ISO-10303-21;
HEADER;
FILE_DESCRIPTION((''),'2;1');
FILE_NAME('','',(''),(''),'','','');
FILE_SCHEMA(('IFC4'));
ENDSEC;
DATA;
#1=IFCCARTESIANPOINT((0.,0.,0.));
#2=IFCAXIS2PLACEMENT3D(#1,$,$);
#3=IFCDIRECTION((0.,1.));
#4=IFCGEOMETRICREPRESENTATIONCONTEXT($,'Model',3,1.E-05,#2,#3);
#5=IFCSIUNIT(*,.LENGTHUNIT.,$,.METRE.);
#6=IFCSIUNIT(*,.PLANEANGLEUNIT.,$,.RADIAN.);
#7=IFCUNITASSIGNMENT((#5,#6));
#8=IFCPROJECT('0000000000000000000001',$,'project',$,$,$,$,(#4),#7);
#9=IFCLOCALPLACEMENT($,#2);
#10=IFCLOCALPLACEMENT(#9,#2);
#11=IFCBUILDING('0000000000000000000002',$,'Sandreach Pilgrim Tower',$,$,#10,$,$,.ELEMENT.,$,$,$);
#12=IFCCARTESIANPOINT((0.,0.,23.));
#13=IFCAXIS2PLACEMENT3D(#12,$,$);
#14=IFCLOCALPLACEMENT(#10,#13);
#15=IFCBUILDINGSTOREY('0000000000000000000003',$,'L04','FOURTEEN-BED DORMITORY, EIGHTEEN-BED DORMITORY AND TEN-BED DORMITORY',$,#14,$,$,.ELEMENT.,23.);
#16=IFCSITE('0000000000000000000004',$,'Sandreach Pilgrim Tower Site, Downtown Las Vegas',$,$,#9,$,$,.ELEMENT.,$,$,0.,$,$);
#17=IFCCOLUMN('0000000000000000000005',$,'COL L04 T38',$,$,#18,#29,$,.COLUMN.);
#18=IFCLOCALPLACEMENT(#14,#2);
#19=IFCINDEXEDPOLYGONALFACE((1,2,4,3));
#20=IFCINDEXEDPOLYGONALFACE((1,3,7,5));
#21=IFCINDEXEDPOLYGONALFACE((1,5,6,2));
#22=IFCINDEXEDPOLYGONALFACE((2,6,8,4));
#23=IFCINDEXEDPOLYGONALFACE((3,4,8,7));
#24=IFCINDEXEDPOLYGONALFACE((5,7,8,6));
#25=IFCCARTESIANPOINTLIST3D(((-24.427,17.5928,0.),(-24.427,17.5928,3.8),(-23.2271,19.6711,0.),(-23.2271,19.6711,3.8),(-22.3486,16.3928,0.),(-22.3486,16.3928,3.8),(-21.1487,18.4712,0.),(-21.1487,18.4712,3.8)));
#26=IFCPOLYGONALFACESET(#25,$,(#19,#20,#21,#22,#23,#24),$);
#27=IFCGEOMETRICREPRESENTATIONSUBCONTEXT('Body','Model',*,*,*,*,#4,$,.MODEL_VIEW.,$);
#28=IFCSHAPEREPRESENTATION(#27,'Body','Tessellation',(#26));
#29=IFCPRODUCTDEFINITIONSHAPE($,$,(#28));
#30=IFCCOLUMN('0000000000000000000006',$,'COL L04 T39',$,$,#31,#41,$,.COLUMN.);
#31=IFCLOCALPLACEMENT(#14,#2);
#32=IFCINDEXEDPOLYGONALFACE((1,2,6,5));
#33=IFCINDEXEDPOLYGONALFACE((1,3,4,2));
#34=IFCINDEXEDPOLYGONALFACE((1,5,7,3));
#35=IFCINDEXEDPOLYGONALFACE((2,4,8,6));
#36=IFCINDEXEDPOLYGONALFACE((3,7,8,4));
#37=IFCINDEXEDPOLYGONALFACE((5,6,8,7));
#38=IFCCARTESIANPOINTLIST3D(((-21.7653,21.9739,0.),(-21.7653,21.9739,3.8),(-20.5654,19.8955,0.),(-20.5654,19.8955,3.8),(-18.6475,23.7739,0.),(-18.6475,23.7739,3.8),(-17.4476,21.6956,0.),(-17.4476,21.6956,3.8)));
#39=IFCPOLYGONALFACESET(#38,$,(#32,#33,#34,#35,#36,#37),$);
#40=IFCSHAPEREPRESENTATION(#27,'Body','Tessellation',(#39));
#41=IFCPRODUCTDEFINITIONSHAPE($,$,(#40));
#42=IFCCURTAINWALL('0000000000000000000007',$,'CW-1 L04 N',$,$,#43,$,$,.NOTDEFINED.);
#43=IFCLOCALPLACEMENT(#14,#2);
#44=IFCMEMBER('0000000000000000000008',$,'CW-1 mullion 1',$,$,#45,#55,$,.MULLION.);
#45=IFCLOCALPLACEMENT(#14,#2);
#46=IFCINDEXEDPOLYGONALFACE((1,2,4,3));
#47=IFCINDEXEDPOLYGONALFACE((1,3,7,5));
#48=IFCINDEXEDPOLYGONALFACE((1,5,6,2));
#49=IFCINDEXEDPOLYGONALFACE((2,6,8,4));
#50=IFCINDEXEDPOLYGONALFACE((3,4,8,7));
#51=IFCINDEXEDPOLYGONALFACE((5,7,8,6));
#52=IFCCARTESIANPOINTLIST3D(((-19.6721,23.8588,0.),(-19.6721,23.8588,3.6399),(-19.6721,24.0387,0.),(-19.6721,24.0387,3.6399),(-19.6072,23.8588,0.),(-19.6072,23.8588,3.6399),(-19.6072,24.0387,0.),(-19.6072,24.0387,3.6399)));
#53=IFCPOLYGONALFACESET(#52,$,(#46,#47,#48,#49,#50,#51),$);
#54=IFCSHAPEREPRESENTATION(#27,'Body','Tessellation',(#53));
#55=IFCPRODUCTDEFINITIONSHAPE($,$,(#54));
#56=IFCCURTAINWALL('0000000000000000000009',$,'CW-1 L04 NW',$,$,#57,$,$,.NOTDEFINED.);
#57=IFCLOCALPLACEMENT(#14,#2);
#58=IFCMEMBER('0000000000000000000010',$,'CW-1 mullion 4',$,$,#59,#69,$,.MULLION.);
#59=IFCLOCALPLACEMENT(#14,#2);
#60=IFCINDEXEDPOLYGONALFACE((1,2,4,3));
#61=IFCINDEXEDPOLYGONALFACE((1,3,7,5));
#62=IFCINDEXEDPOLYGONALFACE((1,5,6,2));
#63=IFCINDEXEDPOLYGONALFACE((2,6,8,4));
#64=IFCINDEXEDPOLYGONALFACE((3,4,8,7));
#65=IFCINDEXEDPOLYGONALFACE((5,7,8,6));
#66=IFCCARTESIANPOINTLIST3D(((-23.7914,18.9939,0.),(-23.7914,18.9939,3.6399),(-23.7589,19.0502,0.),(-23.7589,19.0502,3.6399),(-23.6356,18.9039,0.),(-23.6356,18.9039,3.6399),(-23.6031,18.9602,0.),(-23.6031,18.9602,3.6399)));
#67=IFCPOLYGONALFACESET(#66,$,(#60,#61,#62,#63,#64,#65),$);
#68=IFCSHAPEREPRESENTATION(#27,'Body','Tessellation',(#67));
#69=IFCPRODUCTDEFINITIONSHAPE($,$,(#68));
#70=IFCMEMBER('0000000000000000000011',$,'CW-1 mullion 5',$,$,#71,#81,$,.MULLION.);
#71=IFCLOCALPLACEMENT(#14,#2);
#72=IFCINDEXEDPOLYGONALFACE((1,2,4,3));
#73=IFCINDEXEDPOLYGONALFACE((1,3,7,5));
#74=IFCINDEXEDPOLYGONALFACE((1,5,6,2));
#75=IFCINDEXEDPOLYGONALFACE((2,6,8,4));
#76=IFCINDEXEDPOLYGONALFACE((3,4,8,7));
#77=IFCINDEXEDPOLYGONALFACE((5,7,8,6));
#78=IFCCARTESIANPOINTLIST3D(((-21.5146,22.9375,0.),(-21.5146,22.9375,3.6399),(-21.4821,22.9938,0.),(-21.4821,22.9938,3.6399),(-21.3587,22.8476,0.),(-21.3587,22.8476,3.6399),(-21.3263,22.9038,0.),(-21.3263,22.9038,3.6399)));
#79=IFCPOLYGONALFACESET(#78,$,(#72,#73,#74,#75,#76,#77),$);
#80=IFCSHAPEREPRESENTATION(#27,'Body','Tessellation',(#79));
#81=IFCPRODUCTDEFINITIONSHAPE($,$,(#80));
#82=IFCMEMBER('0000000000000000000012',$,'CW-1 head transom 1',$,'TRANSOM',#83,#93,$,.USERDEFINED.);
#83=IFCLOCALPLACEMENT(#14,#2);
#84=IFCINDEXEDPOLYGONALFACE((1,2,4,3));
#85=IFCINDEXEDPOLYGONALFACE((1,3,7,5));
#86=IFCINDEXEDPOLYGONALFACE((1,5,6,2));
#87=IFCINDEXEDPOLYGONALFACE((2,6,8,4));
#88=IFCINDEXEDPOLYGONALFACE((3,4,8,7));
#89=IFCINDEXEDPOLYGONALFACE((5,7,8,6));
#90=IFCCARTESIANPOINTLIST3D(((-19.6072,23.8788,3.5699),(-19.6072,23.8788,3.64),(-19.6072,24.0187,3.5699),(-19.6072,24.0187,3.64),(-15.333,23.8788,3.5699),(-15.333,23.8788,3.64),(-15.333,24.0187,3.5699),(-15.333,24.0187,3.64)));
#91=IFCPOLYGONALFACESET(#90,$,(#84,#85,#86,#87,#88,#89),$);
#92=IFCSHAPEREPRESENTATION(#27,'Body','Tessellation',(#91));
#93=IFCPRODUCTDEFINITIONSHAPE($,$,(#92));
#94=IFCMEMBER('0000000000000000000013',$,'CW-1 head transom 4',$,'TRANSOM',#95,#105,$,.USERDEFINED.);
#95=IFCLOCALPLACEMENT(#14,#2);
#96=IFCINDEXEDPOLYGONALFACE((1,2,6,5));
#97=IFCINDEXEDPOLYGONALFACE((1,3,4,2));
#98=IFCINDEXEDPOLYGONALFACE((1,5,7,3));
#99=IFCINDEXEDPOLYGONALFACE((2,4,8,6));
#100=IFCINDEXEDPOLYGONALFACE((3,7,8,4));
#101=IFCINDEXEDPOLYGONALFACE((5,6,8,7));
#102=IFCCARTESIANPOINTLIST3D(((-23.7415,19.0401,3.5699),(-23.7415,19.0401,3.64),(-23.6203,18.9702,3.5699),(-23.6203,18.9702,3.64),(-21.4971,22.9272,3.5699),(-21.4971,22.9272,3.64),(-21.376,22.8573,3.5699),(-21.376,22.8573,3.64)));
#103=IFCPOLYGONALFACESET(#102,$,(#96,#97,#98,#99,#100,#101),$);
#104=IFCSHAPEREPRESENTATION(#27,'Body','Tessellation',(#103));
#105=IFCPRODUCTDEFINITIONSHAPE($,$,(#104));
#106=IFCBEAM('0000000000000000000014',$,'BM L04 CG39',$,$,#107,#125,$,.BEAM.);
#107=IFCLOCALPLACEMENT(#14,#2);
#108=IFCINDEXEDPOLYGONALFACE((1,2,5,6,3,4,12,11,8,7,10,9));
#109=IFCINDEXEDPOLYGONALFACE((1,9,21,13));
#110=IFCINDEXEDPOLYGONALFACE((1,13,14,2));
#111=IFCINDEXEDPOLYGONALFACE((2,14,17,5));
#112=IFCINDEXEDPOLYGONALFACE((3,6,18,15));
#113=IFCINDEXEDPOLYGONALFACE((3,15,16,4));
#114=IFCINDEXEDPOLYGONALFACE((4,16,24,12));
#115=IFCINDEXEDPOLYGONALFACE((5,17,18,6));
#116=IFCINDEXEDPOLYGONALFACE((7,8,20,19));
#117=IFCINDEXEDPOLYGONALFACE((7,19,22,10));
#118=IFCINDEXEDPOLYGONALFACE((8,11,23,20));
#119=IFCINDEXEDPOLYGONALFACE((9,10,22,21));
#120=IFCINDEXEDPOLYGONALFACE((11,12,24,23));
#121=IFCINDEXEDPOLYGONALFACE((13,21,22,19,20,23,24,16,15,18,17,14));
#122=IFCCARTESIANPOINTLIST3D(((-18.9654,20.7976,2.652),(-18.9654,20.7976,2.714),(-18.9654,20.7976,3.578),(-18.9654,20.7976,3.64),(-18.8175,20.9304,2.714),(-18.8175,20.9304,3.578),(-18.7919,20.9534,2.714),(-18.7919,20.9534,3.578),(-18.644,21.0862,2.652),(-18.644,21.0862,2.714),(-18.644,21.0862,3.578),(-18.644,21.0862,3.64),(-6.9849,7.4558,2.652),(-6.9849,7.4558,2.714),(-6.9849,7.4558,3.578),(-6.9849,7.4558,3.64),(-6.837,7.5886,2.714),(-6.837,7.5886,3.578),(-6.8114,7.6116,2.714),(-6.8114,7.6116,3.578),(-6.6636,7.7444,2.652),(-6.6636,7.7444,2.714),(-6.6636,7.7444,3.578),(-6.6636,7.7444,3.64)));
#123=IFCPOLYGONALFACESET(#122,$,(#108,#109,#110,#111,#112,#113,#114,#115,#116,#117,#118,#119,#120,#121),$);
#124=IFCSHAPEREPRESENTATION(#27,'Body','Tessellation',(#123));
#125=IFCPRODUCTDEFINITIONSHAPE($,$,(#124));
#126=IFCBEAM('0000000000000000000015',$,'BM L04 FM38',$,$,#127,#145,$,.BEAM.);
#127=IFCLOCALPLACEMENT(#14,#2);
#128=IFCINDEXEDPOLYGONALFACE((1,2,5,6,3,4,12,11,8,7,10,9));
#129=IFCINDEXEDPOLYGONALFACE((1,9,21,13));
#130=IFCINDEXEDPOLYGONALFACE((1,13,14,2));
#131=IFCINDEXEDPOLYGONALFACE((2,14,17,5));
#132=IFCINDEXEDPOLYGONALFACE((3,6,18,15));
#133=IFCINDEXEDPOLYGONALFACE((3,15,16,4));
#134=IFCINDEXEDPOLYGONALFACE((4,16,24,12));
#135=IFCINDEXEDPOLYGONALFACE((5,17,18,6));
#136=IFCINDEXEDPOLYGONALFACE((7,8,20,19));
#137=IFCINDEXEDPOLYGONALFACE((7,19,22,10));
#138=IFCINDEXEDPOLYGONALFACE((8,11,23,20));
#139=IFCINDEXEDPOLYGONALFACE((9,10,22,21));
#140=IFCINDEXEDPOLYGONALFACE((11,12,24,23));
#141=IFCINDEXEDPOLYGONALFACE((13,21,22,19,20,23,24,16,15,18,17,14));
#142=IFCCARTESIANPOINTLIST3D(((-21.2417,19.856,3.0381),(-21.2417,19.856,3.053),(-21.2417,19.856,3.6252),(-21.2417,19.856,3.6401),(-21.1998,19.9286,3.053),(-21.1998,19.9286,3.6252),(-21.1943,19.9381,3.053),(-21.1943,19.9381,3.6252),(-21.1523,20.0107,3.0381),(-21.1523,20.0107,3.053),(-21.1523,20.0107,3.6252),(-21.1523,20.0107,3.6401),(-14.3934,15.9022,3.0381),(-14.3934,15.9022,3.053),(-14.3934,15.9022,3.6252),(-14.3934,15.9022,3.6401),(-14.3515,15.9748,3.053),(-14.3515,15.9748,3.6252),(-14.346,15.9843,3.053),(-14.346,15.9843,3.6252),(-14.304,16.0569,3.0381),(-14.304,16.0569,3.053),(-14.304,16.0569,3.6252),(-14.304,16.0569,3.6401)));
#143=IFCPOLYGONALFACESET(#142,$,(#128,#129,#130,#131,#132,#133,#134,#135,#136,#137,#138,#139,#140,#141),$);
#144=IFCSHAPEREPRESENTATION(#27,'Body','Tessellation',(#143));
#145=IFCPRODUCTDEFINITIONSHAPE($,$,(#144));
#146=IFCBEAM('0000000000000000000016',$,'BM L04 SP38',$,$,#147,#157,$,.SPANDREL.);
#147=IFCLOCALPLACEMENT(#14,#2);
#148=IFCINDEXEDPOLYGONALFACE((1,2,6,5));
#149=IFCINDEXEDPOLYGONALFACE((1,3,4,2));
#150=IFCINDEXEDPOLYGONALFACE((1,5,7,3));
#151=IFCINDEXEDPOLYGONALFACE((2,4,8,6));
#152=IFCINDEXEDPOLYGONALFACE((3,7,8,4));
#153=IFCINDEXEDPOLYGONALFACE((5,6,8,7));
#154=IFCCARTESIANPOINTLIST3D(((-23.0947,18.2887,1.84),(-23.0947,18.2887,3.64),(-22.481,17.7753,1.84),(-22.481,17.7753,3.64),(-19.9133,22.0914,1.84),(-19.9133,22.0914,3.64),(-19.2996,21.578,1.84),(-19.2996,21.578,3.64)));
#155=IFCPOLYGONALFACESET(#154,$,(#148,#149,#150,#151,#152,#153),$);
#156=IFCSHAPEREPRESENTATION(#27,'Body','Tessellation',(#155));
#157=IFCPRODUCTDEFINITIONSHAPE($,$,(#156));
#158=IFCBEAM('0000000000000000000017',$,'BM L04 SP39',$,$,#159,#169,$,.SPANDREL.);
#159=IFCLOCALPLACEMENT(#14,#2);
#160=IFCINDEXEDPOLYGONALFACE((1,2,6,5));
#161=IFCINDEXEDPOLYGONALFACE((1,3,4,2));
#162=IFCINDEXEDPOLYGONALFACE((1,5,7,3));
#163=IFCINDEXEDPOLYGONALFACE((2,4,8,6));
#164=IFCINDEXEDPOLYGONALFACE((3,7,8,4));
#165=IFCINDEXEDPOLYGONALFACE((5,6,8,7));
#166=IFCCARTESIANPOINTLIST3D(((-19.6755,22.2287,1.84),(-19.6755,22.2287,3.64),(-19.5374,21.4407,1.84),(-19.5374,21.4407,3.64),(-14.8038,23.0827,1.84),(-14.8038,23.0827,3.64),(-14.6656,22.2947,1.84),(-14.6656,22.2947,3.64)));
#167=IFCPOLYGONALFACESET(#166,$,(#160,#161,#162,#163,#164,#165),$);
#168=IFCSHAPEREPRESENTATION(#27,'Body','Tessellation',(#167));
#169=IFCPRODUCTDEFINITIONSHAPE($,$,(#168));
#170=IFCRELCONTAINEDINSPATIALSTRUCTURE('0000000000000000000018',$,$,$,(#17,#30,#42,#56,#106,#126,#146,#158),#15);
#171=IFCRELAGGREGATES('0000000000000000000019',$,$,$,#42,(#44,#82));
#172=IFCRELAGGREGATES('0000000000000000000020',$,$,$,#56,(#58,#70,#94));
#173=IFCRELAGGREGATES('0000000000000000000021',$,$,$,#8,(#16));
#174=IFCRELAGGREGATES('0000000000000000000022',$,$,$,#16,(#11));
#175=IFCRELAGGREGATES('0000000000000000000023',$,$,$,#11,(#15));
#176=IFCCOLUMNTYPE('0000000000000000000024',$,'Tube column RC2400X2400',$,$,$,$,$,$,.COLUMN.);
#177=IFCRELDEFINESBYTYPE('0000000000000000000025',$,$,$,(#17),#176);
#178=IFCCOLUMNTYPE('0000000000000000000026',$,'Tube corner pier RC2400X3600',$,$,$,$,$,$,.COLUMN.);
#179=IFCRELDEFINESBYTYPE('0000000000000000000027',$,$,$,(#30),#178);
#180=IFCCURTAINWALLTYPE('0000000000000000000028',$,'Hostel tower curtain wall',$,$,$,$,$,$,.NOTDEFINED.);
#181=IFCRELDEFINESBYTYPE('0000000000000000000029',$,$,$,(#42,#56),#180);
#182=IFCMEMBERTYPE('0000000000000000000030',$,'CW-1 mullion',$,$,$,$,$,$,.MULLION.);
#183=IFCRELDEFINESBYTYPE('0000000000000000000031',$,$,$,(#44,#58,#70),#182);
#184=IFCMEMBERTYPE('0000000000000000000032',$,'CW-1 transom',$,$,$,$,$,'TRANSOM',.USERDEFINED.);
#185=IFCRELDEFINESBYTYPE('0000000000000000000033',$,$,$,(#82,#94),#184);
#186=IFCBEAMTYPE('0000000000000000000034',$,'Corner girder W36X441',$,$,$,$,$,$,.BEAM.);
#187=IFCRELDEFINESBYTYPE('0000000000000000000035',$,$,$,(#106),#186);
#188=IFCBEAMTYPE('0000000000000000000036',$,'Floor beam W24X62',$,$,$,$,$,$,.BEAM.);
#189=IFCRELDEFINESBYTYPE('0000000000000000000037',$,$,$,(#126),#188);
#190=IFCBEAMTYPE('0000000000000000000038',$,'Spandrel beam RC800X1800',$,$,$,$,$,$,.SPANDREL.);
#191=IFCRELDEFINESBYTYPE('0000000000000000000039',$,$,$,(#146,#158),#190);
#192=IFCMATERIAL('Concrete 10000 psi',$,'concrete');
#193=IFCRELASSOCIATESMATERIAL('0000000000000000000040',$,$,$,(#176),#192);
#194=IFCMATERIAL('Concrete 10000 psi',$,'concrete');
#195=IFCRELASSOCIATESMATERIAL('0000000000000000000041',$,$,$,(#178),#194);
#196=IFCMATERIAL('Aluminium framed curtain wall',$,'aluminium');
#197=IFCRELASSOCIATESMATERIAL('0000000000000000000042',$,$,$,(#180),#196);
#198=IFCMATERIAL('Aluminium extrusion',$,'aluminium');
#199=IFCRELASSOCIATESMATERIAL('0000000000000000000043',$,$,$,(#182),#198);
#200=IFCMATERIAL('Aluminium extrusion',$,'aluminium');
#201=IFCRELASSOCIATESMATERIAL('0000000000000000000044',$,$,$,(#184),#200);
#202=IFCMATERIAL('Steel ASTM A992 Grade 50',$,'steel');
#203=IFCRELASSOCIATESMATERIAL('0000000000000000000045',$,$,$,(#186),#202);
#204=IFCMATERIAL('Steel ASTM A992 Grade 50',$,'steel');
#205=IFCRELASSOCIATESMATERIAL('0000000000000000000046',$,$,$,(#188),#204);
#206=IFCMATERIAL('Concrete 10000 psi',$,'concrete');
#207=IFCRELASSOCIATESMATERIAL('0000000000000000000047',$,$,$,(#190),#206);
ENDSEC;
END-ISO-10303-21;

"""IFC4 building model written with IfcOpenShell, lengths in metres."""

from ifc_helpers import new_model, si_unit, direction, frame, origin, origin_2d, place, context, subcontext, project, spatial, rectangle, i_section, extrude, material, material_profile, profile_set, type_object, element, aggregate, save


model = new_model("IFC4")

# Units and contexts
model_context = context("Model", 3, precision=1e-05, world=origin(), true_north=direction((0.0, 1.0)))
body_context = subcontext(model_context, "Body", "Model", "MODEL_VIEW")
ifc_project = project(units=[si_unit("LENGTHUNIT", "METRE"), si_unit("PLANEANGLEUNIT", "RADIAN")], contexts=[model_context])

# Site, building, storey
site_placement = place(None, origin())
site = spatial("IfcSite", under=ifc_project, at=site_placement, Name="Sandreach Pilgrim Tower Site, Downtown Las Vegas", CompositionType="ELEMENT", RefElevation=0.0)
building_placement = place(site_placement, origin())
building = spatial("IfcBuilding", under=site, at=building_placement, Name="Sandreach Pilgrim Tower", CompositionType="ELEMENT")
storey_placement = place(building_placement, frame((0.0, 0.0, 23.0)))
storey = spatial("IfcBuildingStorey", under=building, at=storey_placement, Name="L04", Description="FOURTEEN-BED DORMITORY, EIGHTEEN-BED DORMITORY AND TEN-BED DORMITORY", CompositionType="ELEMENT", Elevation=23.0)

# Columns
ifc_material_1 = material(Name="Concrete 10000 psi", Category="concrete")
ifc_material_profile_1 = material_profile(ifc_material_1, rectangle(XDim=2.3999, YDim=2.3999, at=origin_2d()), Name="RC2400X2400")
ifc_profile_set_1 = profile_set([ifc_material_profile_1], Name="Concrete 10000 psi")
column_type_1 = type_object("IfcColumnType", Name="Tube column RC2400X2400", PredefinedType="COLUMN", material=ifc_profile_set_1)
column_1_placement = place(storey_placement, frame((-22.7878, 18.032, 0.0), z_axis=(0.0, 0.0, 1.0), x_axis=(-0.866025, 0.5, 0.0)))
element("IfcColumn", 1, at=column_1_placement, inside=storey, type_object=column_type_1, Name="COL L04 T38", PredefinedType="COLUMN", context=body_context, shape_type="SweptSolid", body=[
    extrude(rectangle(XDim=2.3999, YDim=2.3999, at=origin_2d()), origin(), (0.0, 0.0, 1.0), 3.8),
])
ifc_material_2 = material(Name="Concrete 10000 psi", Category="concrete")
ifc_material_profile_2 = material_profile(ifc_material_2, rectangle(XDim=2.3999, YDim=3.6001, at=origin_2d()), Name="RC2400X3600")
ifc_profile_set_2 = profile_set([ifc_material_profile_2], Name="Concrete 10000 psi")
column_type_2 = type_object("IfcColumnType", Name="Tube corner pier RC2400X3600", PredefinedType="COLUMN", material=ifc_profile_set_2)
column_2_placement = place(storey_placement, frame((-19.6064, 21.8347, 0.0), z_axis=(0.0, 0.0, 1.0), x_axis=(-0.5, 0.866025, 0.0)))
element("IfcColumn", 2, at=column_2_placement, inside=storey, type_object=column_type_2, Name="COL L04 T39", PredefinedType="COLUMN", context=body_context, shape_type="SweptSolid", body=[
    extrude(rectangle(XDim=2.3999, YDim=3.6001, at=origin_2d()), origin(), (0.0, 0.0, 1.0), 3.8),
])

# Curtain wall, member
ifc_material_3 = material(Name="Aluminium framed curtain wall", Category="aluminium")
curtain_wall_type = type_object("IfcCurtainWallType", Name="Hostel tower curtain wall", PredefinedType="NOTDEFINED", material=ifc_material_3)
curtain_wall_1_placement = place(storey_placement, origin())
curtain_wall_1 = element("IfcCurtainWall", 3, at=curtain_wall_1_placement, inside=storey, type_object=curtain_wall_type, Name="CW-1 L04 N", PredefinedType="NOTDEFINED")
ifc_material_4 = material(Name="Aluminium extrusion", Category="aluminium")
ifc_material_profile_3 = material_profile(ifc_material_4, rectangle(XDim=0.0649, YDim=0.1799, at=origin_2d()), Name="CW-1M 65X180")
ifc_profile_set_3 = profile_set([ifc_material_profile_3], Name="Aluminium extrusion")
member_type_1 = type_object("IfcMemberType", Name="CW-1 mullion", PredefinedType="MULLION", material=ifc_profile_set_3)
member_1_placement = place(storey_placement, frame((-19.6396, 23.9487, 0.0), z_axis=(0.0, 0.0, 1.0), x_axis=(1.0, 0.0, 0.0)))
member_1 = element("IfcMember", 4, at=member_1_placement, type_object=member_type_1, Name="CW-1 mullion 1", PredefinedType="MULLION", context=body_context, shape_type="SweptSolid", body=[
    extrude(rectangle(XDim=0.0649, YDim=0.1799, at=origin_2d()), origin(), (0.0, 0.0, 1.0), 3.6399),
])

# Curtain wall, members
curtain_wall_2_placement = place(storey_placement, origin())
curtain_wall_2 = element("IfcCurtainWall", 5, at=curtain_wall_2_placement, inside=storey, type_object=curtain_wall_type, Name="CW-1 L04 NW", PredefinedType="NOTDEFINED")
member_2_placement = place(storey_placement, frame((-23.6973, 18.9771, 0.0), z_axis=(0.0, 0.0, 1.0), x_axis=(0.5, 0.866025, 0.0)))
member_2 = element("IfcMember", 6, at=member_2_placement, type_object=member_type_1, Name="CW-1 mullion 4", PredefinedType="MULLION", context=body_context, shape_type="SweptSolid", body=[
    extrude(rectangle(XDim=0.0649, YDim=0.1799, at=origin_2d()), origin(), (0.0, 0.0, 1.0), 3.6399),
])
member_3_placement = place(storey_placement, frame((-21.4204, 22.9207, 0.0), z_axis=(0.0, 0.0, 1.0), x_axis=(0.5, 0.866025, 0.0)))
member_3 = element("IfcMember", 7, at=member_3_placement, type_object=member_type_1, Name="CW-1 mullion 5", PredefinedType="MULLION", context=body_context, shape_type="SweptSolid", body=[
    extrude(rectangle(XDim=0.0649, YDim=0.1799, at=origin_2d()), origin(), (0.0, 0.0, 1.0), 3.6399),
])

# Members
ifc_material_5 = material(Name="Aluminium extrusion", Category="aluminium")
ifc_material_profile_4 = material_profile(ifc_material_5, rectangle(XDim=0.1399, YDim=0.0701, at=origin_2d()), Name="CW-1T 140X70")
ifc_profile_set_4 = profile_set([ifc_material_profile_4], Name="Aluminium extrusion")
member_type_2 = type_object("IfcMemberType", Name="CW-1 transom", ElementType="TRANSOM", PredefinedType="USERDEFINED", material=ifc_profile_set_4)
member_4_placement = place(storey_placement, frame((-19.6072, 23.9487, 3.605), z_axis=(1.0, 0.0, 0.0), x_axis=(0.0, 1.0, 0.0)))
member_4 = element("IfcMember", 8, at=member_4_placement, type_object=member_type_2, Name="CW-1 head transom 1", ObjectType="TRANSOM", PredefinedType="USERDEFINED", context=body_context, shape_type="SweptSolid", body=[
    extrude(rectangle(XDim=0.1399, YDim=0.0701, at=origin_2d()), origin(), (0.0, 0.0, 1.0), 4.2742),
])
member_5_placement = place(storey_placement, frame((-23.6809, 19.0051, 3.605), z_axis=(0.500018, 0.866015, 0.0), x_axis=(-0.866015, 0.500018, 0.0)))
member_5 = element("IfcMember", 9, at=member_5_placement, type_object=member_type_2, Name="CW-1 head transom 4", ObjectType="TRANSOM", PredefinedType="USERDEFINED", context=body_context, shape_type="SweptSolid", body=[
    extrude(rectangle(XDim=0.1399, YDim=0.0701, at=origin_2d()), origin(), (0.0, 0.0, 1.0), 4.4885),
])

# Beams
ifc_material_6 = material(Name="Steel ASTM A992 Grade 50", Category="steel")
ifc_material_profile_5 = material_profile(ifc_material_6, i_section(OverallWidth=0.4319, OverallDepth=0.988, WebThickness=0.0344, FlangeThickness=0.062, at=origin_2d()), Name="W36X441")
ifc_profile_set_5 = profile_set([ifc_material_profile_5], Name="Steel ASTM A992 Grade 50")
beam_type_1 = type_object("IfcBeamType", Name="Corner girder W36X441", PredefinedType="BEAM", material=ifc_profile_set_5)
beam_1_placement = place(storey_placement, frame((-18.8047, 20.9419, 3.146), z_axis=(0.668128, -0.744047, 0.0), x_axis=(0.744047, 0.668128, 0.0)))
element("IfcBeam", 10, at=beam_1_placement, inside=storey, type_object=beam_type_1, Name="BM L04 CG39", PredefinedType="BEAM", context=body_context, shape_type="SweptSolid", body=[
    extrude(i_section(OverallWidth=0.4319, OverallDepth=0.988, WebThickness=0.0344, FlangeThickness=0.062, at=origin_2d()), origin(), (0.0, 0.0, 1.0), 17.9314),
])
ifc_material_7 = material(Name="Steel ASTM A992 Grade 50", Category="steel")
ifc_material_profile_6 = material_profile(ifc_material_7, i_section(OverallWidth=0.1787, OverallDepth=0.6021, WebThickness=0.011, FlangeThickness=0.0149, at=origin_2d()), Name="W24X62")
ifc_profile_set_6 = profile_set([ifc_material_profile_6], Name="Steel ASTM A992 Grade 50")
beam_type_2 = type_object("IfcBeamType", Name="Floor beam W24X62", PredefinedType="BEAM", material=ifc_profile_set_6)
beam_2_placement = place(storey_placement, frame((-21.197, 19.9333, 3.3391), z_axis=(0.866029, -0.499994, 0.0), x_axis=(0.499994, 0.866029, 0.0)))
element("IfcBeam", 11, at=beam_2_placement, inside=storey, type_object=beam_type_2, Name="BM L04 FM38", PredefinedType="BEAM", context=body_context, shape_type="SweptSolid", body=[
    extrude(i_section(OverallWidth=0.1787, OverallDepth=0.6021, WebThickness=0.011, FlangeThickness=0.0149, at=origin_2d()), origin(), (0.0, 0.0, 1.0), 7.9077),
])
ifc_material_8 = material(Name="Concrete 10000 psi", Category="concrete")
ifc_material_profile_7 = material_profile(ifc_material_8, rectangle(XDim=0.8, YDim=1.8, at=origin_2d()), Name="RC800X1800")
ifc_profile_set_7 = profile_set([ifc_material_profile_7], Name="Concrete 10000 psi")
beam_type_3 = type_object("IfcBeamType", Name="Spandrel beam RC800X1800", PredefinedType="SPANDREL", material=ifc_profile_set_7)
beam_3_placement = place(storey_placement, frame((-22.7878, 18.032, 2.74), z_axis=(0.641665, 0.766985, 0.0), x_axis=(-0.766985, 0.641665, 0.0)))
element("IfcBeam", 12, at=beam_3_placement, inside=storey, type_object=beam_type_3, Name="BM L04 SP38", PredefinedType="SPANDREL", context=body_context, shape_type="SweptSolid", body=[
    extrude(rectangle(XDim=0.8, YDim=1.8, at=origin_2d()), origin(), (0.0, 0.0, 1.0), 4.958),
])
beam_4_placement = place(storey_placement, frame((-19.6064, 21.8347, 2.74), z_axis=(0.984981, 0.172662, 0.0), x_axis=(-0.172662, 0.984981, 0.0)))
element("IfcBeam", 13, at=beam_4_placement, inside=storey, type_object=beam_type_3, Name="BM L04 SP39", PredefinedType="SPANDREL", context=body_context, shape_type="SweptSolid", body=[
    extrude(rectangle(XDim=0.8, YDim=1.8, at=origin_2d()), origin(), (0.0, 0.0, 1.0), 4.946),
])

aggregate(curtain_wall_1, [member_1, member_4])

aggregate(curtain_wall_2, [member_2, member_3, member_5])

save(model, "model.ifc")
